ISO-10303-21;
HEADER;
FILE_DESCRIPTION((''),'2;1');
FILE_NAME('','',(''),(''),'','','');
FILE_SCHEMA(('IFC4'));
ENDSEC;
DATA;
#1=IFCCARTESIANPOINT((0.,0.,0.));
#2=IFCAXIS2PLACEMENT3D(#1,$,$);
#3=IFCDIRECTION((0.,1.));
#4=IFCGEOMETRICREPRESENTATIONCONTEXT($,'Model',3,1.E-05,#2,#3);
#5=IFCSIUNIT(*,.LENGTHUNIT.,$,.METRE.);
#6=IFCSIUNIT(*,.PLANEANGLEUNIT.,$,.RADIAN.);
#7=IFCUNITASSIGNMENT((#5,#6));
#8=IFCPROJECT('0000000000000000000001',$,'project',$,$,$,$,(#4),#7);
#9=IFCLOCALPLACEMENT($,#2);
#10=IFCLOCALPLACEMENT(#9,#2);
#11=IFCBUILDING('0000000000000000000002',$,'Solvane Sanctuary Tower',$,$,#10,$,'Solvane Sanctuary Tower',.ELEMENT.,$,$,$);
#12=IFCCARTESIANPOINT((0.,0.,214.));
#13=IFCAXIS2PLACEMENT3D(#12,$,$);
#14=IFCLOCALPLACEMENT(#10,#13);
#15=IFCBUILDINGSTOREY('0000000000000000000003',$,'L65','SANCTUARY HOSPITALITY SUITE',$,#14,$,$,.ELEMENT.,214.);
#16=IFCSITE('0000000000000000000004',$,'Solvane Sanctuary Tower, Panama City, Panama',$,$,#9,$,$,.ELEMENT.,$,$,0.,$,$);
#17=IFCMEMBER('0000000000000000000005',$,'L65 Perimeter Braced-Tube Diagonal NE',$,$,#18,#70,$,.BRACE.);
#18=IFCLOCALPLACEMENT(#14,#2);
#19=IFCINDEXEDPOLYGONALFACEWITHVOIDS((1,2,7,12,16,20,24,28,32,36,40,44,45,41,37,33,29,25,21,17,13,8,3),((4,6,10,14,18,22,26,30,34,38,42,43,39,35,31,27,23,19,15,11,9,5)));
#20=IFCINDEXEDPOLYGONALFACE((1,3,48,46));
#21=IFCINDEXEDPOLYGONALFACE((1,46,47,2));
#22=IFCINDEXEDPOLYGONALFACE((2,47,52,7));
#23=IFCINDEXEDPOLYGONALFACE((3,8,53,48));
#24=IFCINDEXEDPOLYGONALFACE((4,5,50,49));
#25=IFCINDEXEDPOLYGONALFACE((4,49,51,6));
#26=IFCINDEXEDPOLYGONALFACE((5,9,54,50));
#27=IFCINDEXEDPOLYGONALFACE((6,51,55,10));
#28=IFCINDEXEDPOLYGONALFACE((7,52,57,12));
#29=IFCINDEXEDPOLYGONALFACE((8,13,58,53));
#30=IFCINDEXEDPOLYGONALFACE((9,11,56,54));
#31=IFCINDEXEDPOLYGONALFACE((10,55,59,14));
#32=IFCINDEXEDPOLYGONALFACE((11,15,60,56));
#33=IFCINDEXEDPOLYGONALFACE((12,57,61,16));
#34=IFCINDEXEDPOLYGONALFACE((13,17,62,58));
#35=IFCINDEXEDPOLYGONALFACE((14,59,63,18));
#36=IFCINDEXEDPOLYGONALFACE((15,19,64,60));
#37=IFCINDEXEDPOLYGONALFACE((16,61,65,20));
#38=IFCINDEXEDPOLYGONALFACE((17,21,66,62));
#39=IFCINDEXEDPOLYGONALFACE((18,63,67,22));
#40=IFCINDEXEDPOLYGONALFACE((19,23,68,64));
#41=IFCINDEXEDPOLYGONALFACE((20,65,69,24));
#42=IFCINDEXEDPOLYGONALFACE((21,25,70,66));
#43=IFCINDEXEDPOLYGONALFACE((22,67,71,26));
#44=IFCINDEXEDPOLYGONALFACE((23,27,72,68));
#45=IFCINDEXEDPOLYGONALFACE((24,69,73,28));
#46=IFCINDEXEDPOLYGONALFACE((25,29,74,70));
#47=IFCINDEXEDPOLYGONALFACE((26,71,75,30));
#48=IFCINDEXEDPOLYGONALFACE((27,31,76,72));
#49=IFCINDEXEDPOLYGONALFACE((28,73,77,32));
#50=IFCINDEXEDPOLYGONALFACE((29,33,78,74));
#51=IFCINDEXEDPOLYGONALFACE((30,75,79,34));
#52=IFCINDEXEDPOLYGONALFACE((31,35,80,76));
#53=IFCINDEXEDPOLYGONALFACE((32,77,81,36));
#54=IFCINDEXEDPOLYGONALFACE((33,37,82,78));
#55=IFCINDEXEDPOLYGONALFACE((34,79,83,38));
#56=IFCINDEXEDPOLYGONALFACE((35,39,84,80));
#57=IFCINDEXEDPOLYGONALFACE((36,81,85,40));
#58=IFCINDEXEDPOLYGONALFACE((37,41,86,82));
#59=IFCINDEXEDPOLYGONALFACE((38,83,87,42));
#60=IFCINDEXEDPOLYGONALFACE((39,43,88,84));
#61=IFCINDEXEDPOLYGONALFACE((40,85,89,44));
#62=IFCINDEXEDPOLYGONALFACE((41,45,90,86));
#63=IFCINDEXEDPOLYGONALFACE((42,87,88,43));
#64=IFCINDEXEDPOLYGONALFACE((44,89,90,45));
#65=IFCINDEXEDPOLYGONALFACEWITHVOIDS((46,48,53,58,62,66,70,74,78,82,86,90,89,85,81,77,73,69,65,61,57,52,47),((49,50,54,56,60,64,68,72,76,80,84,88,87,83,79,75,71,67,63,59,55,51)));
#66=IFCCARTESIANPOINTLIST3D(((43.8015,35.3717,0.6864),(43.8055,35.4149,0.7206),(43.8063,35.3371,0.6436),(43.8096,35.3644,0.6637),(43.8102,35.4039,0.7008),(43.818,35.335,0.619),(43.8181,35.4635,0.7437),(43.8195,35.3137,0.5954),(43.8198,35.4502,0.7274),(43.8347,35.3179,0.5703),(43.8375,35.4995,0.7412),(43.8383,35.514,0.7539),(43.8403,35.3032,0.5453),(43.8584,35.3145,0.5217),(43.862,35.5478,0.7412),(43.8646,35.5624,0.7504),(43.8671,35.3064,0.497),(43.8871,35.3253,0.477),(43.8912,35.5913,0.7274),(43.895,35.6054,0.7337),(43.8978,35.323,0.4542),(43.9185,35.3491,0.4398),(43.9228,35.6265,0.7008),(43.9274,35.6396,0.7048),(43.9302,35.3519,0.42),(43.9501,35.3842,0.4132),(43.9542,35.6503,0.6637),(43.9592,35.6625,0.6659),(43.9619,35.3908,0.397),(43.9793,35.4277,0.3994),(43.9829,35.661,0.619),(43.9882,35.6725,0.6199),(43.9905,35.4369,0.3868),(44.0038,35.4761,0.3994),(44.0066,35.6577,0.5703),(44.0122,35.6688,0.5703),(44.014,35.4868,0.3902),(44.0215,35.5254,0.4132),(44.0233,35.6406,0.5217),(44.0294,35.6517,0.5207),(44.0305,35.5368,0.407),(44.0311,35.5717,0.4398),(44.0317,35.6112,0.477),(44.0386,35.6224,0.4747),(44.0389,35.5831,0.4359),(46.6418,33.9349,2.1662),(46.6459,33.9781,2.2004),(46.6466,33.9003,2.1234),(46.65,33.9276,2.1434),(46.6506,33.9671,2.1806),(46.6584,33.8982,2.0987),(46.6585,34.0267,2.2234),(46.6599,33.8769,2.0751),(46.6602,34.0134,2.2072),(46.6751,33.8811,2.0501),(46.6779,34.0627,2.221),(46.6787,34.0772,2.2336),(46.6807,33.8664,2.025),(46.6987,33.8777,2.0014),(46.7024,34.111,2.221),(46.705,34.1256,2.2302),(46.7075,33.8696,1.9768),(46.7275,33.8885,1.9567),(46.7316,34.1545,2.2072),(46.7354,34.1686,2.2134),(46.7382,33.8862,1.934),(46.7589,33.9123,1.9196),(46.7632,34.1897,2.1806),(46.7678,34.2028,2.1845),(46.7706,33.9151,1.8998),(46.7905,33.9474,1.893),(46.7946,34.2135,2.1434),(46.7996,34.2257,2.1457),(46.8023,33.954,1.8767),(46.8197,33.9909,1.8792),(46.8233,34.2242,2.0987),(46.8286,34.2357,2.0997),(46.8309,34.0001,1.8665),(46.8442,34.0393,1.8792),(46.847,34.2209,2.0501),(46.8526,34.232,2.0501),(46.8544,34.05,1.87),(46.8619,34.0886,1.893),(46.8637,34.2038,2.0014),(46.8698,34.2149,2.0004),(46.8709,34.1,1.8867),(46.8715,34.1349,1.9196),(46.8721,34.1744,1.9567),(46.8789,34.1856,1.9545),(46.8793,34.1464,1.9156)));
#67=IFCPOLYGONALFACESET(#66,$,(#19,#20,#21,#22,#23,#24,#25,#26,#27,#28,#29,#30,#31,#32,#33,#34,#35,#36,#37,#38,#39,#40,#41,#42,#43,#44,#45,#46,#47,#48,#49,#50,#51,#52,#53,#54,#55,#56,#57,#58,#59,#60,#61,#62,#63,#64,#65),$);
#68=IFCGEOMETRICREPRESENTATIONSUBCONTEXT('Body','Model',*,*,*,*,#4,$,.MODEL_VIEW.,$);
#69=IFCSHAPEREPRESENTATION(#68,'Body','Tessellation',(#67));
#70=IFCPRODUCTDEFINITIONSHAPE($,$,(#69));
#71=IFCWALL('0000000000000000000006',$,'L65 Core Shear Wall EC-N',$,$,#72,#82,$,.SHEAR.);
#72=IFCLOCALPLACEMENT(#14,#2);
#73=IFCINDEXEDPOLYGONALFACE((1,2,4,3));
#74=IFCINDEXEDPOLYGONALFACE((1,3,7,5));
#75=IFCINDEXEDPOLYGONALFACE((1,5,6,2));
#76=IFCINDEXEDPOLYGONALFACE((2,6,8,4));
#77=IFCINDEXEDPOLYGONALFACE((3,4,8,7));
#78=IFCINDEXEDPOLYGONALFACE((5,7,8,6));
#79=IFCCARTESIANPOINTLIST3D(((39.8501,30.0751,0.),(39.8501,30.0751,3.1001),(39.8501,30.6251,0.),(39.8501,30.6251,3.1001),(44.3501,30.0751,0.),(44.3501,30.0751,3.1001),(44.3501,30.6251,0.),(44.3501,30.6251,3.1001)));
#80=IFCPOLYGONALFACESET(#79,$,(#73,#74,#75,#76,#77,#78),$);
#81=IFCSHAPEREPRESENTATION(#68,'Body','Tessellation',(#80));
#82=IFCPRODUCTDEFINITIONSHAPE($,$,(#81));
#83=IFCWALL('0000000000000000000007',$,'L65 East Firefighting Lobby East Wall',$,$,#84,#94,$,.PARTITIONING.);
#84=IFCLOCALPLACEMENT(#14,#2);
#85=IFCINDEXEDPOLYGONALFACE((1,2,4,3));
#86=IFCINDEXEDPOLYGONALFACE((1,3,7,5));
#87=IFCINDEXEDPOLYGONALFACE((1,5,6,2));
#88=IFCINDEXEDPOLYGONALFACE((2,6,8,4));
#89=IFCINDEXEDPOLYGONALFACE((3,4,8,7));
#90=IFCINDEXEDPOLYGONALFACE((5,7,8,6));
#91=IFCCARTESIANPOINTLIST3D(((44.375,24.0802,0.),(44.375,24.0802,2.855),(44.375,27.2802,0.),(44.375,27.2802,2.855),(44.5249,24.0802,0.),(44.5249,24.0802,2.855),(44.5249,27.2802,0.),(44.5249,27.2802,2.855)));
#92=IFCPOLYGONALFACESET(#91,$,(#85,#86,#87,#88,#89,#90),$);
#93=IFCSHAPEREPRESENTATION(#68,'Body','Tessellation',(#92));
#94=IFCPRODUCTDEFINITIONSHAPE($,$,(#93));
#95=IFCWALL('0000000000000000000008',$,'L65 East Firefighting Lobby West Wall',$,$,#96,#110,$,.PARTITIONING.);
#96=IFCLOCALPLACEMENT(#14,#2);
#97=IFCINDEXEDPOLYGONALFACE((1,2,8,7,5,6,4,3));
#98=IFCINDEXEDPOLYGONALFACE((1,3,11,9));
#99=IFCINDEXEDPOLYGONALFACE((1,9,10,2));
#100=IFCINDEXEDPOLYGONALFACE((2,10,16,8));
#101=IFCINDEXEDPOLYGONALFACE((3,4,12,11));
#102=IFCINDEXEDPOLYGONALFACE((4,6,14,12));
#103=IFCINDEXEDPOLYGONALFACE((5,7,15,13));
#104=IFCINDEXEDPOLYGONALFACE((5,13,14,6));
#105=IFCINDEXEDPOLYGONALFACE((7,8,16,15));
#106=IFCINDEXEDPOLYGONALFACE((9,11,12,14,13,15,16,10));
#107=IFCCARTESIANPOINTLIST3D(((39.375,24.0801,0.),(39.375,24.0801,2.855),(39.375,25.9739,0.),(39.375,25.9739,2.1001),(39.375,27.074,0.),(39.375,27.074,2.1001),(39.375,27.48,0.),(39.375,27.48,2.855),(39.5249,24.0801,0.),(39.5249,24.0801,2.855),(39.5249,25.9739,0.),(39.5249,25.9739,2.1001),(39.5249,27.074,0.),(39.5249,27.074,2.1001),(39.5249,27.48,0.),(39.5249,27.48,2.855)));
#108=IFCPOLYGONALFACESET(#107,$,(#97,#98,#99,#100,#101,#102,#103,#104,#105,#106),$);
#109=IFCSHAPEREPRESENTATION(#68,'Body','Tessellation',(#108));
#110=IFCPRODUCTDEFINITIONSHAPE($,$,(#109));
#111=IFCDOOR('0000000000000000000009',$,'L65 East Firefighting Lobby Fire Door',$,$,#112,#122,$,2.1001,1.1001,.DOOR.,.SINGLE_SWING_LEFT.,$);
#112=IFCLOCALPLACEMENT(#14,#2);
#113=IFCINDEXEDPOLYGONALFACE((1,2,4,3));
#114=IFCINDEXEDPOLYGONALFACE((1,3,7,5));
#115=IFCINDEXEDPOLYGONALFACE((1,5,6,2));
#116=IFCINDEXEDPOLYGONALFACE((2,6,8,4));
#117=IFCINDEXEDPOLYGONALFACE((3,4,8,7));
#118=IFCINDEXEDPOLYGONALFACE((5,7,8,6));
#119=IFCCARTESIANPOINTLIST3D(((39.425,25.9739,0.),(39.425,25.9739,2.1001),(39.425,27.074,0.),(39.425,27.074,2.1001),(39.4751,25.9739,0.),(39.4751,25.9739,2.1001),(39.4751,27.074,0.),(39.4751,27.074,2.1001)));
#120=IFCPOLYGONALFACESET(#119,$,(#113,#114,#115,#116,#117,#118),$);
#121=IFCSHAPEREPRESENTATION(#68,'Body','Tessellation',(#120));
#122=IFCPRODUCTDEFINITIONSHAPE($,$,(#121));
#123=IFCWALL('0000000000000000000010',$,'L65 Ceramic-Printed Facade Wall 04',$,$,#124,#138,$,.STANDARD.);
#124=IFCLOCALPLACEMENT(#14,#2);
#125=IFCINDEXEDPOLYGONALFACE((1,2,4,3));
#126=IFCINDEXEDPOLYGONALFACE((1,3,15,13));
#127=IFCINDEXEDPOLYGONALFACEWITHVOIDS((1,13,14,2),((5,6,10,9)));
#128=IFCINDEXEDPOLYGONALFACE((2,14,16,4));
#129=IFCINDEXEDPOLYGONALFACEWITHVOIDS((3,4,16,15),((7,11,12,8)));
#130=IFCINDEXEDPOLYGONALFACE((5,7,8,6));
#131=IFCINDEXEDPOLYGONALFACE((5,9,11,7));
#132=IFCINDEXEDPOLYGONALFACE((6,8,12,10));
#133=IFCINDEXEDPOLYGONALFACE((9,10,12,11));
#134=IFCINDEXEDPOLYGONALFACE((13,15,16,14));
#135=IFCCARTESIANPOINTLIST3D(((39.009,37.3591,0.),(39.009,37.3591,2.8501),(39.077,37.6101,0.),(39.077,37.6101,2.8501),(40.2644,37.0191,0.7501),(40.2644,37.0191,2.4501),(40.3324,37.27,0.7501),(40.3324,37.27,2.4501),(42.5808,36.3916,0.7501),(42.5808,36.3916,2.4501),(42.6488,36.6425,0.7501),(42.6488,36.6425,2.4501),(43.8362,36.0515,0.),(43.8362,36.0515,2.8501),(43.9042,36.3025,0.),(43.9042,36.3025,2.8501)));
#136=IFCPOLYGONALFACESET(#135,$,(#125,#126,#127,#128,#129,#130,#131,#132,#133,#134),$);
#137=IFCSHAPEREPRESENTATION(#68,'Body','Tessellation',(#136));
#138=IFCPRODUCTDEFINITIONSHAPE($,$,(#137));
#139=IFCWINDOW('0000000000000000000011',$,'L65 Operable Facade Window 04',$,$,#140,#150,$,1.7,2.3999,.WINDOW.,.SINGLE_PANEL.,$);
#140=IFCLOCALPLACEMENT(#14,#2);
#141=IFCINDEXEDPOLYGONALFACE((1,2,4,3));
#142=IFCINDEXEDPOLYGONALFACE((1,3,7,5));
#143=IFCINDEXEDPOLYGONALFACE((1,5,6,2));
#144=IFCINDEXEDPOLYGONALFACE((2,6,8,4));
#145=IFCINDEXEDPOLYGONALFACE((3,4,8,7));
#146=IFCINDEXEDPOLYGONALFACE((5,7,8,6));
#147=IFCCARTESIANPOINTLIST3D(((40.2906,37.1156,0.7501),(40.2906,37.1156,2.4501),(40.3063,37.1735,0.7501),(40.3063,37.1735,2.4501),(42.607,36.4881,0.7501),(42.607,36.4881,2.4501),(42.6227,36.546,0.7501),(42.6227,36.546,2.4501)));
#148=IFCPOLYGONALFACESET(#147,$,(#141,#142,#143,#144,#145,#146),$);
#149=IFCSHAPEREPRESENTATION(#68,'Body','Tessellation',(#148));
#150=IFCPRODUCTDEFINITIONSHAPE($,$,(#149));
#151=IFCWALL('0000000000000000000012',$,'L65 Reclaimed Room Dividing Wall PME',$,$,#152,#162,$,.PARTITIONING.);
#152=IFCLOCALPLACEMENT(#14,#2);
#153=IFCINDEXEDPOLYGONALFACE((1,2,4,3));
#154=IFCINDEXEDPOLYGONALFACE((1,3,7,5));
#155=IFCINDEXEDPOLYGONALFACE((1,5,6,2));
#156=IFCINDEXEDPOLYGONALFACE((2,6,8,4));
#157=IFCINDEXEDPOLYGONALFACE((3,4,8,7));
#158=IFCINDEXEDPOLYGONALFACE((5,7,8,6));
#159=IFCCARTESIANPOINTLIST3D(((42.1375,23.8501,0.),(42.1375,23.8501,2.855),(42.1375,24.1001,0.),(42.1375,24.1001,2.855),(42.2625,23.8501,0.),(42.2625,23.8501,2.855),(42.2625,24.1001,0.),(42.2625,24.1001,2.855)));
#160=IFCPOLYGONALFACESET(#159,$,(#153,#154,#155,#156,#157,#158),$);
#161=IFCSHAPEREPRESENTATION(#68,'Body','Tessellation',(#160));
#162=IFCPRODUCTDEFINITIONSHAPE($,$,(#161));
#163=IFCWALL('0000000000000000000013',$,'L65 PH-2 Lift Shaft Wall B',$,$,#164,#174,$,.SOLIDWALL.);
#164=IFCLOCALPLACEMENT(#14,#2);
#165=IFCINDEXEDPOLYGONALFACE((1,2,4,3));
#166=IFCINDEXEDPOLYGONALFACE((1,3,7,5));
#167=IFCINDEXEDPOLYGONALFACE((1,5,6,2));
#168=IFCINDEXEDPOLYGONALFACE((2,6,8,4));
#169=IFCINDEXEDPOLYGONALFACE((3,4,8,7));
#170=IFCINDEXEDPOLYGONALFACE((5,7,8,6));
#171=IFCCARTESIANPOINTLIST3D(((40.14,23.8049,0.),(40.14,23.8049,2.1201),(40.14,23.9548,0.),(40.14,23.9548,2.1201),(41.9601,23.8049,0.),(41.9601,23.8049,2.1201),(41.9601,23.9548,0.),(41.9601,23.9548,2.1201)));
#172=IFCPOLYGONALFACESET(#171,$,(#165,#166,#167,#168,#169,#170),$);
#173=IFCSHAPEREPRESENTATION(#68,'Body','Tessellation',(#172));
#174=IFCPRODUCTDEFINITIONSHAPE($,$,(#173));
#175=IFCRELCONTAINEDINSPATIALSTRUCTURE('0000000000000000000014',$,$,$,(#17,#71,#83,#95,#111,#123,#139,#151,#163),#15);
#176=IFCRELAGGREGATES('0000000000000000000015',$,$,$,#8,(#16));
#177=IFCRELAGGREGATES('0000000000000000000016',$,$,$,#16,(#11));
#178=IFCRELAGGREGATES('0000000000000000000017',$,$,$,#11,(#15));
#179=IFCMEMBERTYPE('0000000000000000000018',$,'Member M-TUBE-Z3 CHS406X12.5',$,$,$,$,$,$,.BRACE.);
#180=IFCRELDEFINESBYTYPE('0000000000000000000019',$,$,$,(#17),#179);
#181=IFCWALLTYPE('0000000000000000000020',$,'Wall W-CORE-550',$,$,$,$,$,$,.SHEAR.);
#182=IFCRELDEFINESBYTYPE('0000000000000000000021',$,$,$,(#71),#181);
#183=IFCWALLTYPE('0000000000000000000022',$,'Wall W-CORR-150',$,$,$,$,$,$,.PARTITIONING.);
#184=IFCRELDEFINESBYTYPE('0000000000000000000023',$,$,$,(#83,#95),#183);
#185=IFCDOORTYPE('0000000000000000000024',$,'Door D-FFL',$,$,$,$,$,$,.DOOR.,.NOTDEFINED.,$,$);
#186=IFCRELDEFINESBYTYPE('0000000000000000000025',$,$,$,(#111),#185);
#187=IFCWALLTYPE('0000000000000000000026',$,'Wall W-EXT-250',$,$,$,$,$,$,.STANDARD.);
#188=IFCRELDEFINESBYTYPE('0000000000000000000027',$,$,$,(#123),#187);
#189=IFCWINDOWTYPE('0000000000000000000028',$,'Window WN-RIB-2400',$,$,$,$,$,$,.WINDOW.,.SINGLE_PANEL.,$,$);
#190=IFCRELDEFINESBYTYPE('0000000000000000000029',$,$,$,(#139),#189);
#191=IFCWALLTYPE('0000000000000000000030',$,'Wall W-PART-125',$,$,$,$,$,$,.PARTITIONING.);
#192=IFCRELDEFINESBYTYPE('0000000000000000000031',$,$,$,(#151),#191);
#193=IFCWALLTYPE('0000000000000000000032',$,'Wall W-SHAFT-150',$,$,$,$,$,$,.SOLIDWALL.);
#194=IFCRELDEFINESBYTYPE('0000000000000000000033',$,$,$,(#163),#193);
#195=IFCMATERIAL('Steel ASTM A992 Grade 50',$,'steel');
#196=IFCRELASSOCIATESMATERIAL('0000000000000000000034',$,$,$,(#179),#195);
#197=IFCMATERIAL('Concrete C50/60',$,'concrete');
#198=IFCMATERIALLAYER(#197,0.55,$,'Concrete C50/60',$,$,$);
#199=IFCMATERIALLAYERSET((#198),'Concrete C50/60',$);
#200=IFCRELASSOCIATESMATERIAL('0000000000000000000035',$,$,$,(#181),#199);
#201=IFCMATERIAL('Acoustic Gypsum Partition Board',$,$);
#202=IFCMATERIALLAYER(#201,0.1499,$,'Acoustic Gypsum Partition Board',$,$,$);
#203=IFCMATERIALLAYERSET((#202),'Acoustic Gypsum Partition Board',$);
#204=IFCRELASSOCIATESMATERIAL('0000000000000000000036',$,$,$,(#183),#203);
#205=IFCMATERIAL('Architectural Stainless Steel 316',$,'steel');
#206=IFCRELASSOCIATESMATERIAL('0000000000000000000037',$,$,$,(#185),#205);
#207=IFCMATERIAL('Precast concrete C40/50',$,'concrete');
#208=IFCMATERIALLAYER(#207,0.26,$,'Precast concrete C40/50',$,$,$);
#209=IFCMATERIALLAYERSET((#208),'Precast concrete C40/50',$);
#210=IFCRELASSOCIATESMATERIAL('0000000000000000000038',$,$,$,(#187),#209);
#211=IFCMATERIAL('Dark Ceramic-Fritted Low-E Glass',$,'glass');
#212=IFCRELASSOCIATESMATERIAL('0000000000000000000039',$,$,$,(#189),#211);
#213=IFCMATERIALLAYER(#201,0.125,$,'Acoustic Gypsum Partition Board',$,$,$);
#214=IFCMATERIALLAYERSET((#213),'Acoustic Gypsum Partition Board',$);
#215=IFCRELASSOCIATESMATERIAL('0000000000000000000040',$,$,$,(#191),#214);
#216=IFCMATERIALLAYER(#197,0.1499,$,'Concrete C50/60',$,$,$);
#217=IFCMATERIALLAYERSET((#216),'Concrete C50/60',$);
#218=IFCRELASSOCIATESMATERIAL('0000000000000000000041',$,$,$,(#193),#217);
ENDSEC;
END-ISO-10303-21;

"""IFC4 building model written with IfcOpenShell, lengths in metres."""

from ifc_helpers import new_model, si_unit, direction, frame, frame_2d, origin, origin_2d, place, context, subcontext, project, spatial, rectangle, hollow_circle, extrude, material, layer, layer_set, material_profile, profile_set, type_object, element, fill, save


model = new_model("IFC4")

# Units and contexts
model_context = context("Model", 3, precision=1e-05, world=origin(), true_north=direction((0.0, 1.0)))
body_context = subcontext(model_context, "Body", "Model", "MODEL_VIEW")
ifc_project = project(units=[si_unit("LENGTHUNIT", "METRE"), si_unit("PLANEANGLEUNIT", "RADIAN")], contexts=[model_context])

# Site, building, storey
site_placement = place(None, origin())
site = spatial("IfcSite", under=ifc_project, at=site_placement, Name="Solvane Sanctuary Tower, Panama City, Panama", CompositionType="ELEMENT", RefElevation=0.0)
building_placement = place(site_placement, origin())
building = spatial("IfcBuilding", under=site, at=building_placement, Name="Solvane Sanctuary Tower", LongName="Solvane Sanctuary Tower", CompositionType="ELEMENT")
storey_placement = place(building_placement, frame((0.0, 0.0, 214.0)))
storey = spatial("IfcBuildingStorey", under=building, at=storey_placement, Name="L65", Description="SANCTUARY HOSPITALITY SUITE", CompositionType="ELEMENT", Elevation=214.0)

# Shared definitions
ifc_material_1 = material(Name="Concrete C50/60", Category="concrete")

# Shared definitions
ifc_material_2 = material(Name="Steel ASTM A992 Grade 50", Category="steel")

# Member
ifc_material_profile_1 = material_profile(ifc_material_2, hollow_circle(Radius=0.2029, WallThickness=0.0125, at=origin_2d()), Name="CHS406X12.5")
ifc_profile_set_1 = profile_set([ifc_material_profile_1], Name="Steel ASTM A992 Grade 50")
member_type = type_object("IfcMemberType", Name="Member M-TUBE-Z3 CHS406X12.5", PredefinedType="BRACE", material=ifc_profile_set_1)
member_placement = place(storey_placement, frame((43.9207, 35.4878, 0.5703), z_axis=(0.809168, -0.409314, 0.421555), x_axis=(0.451381, 0.892331, 0.0)))
element("IfcMember", 1, at=member_placement, inside=storey, type_object=member_type, Name="L65 Perimeter Braced-Tube Diagonal NE", PredefinedType="BRACE", context=body_context, shape_type="SweptSolid", body=[
    extrude(hollow_circle(Radius=0.2029, WallThickness=0.0125, at=origin_2d()), origin(), (0.0, 0.0, 1.0), 3.5103),
])

# Walls
ifc_layer_1 = layer(ifc_material_1, 0.55, Name="Concrete C50/60")
ifc_layer_set_1 = layer_set([ifc_layer_1], Name="Concrete C50/60")
wall_type_1 = type_object("IfcWallType", Name="Wall W-CORE-550", PredefinedType="SHEAR", material=ifc_layer_set_1)
wall_1_placement = place(storey_placement, frame((39.8501, 30.3501, 0.0), z_axis=(0.0, 0.0, 1.0), x_axis=(1.0, 0.0, 0.0)))
element("IfcWall", 2, at=wall_1_placement, inside=storey, type_object=wall_type_1, Name="L65 Core Shear Wall EC-N", PredefinedType="SHEAR", context=body_context, shape_type="SweptSolid", body=[
    extrude(rectangle(XDim=4.5, YDim=0.55, at=frame_2d((2.25, 0.0))), origin(), (0.0, 0.0, 1.0), 3.1001),
])
ifc_material_3 = material(Name="Acoustic Gypsum Partition Board")
ifc_layer_2 = layer(ifc_material_3, 0.1499, Name="Acoustic Gypsum Partition Board")
ifc_layer_set_2 = layer_set([ifc_layer_2], Name="Acoustic Gypsum Partition Board")
wall_type_2 = type_object("IfcWallType", Name="Wall W-CORR-150", PredefinedType="PARTITIONING", material=ifc_layer_set_2)
wall_2_placement = place(storey_placement, frame((44.45, 24.0801, 0.0), z_axis=(0.0, 0.0, 1.0), x_axis=(0.0, 1.0, 0.0)))
element("IfcWall", 3, at=wall_2_placement, inside=storey, type_object=wall_type_2, Name="L65 East Firefighting Lobby East Wall", PredefinedType="PARTITIONING", context=body_context, shape_type="SweptSolid", body=[
    extrude(rectangle(XDim=3.2, YDim=0.1499, at=frame_2d((1.6001, 0.0))), origin(), (0.0, 0.0, 1.0), 2.855),
])

# Wall, opening, door
wall_3_placement = place(storey_placement, frame((39.45, 24.0801, 0.0), z_axis=(0.0, 0.0, 1.0), x_axis=(0.0, 1.0, 0.0)))
wall_3 = element("IfcWall", 4, at=wall_3_placement, inside=storey, type_object=wall_type_2, Name="L65 East Firefighting Lobby West Wall", PredefinedType="PARTITIONING", context=body_context, shape_type="SweptSolid", body=[
    extrude(rectangle(XDim=3.3999, YDim=0.1499, at=frame_2d((1.7, 0.0))), origin(), (0.0, 0.0, 1.0), 2.855),
])
opening_1_placement = place(wall_3_placement, frame((1.8938, 0.0, 0.0)))
opening_1 = element("IfcOpeningElement", 5, at=opening_1_placement, cuts=wall_3, PredefinedType="OPENING", context=body_context, shape_type="SweptSolid", body=[
    extrude(rectangle(XDim=1.1001, YDim=2.1001, at=frame_2d((0.55, 1.05))), frame((0.0, 0.085, 0.0), z_axis=(0.0, -1.0, 0.0), x_axis=(1.0, 0.0, 0.0)), (0.0, 0.0, 1.0), 0.1699),
])
ifc_material_4 = material(Name="Architectural Stainless Steel 316", Category="steel")
door_type_1 = type_object("IfcDoorType", Name="Door D-FFL", OperationType="NOTDEFINED", PredefinedType="DOOR", material=ifc_material_4)
door_1_placement = place(opening_1_placement, origin())
door_1 = element("IfcDoor", 6, at=door_1_placement, inside=storey, type_object=door_type_1, Name="L65 East Firefighting Lobby Fire Door", OperationType="SINGLE_SWING_LEFT", OverallHeight=2.1001, OverallWidth=1.1001, PredefinedType="DOOR", context=body_context, shape_type="SweptSolid", body=[
    extrude(rectangle(XDim=1.1001, YDim=2.1001, at=frame_2d((0.55, 1.05))), frame((0.0, 0.0249, 0.0), z_axis=(0.0, -1.0, 0.0), x_axis=(1.0, 0.0, 0.0)), (0.0, 0.0, 1.0), 0.05),
])
fill(opening_1, door_1)

# Wall, opening, window
ifc_material_5 = material(Name="Precast concrete C40/50", Category="concrete")
ifc_layer_3 = layer(ifc_material_5, 0.26, Name="Precast concrete C40/50")
ifc_layer_set_3 = layer_set([ifc_layer_3], Name="Precast concrete C40/50")
wall_type_3 = type_object("IfcWallType", Name="Wall W-EXT-250", PredefinedType="STANDARD", material=ifc_layer_set_3)
wall_4_placement = place(storey_placement, frame((43.8701, 36.177, 0.0), z_axis=(0.0, 0.0, 1.0), x_axis=(-0.965213, 0.261465, 0.0)))
wall_4 = element("IfcWall", 7, at=wall_4_placement, inside=storey, type_object=wall_type_3, Name="L65 Ceramic-Printed Facade Wall 04", PredefinedType="STANDARD", context=body_context, shape_type="SweptSolid", body=[
    extrude(rectangle(XDim=5.0012, YDim=0.26, at=frame_2d((2.5005, 0.0))), origin(), (0.0, 0.0, 1.0), 2.8501),
])
opening_2_placement = place(wall_4_placement, frame((1.3005, 0.0, 0.75)))
opening_2 = element("IfcOpeningElement", 8, at=opening_2_placement, cuts=wall_4, PredefinedType="OPENING", context=body_context, shape_type="SweptSolid", body=[
    extrude(rectangle(XDim=2.3999, YDim=1.7, at=frame_2d((1.2, 0.8501))), frame((0.0, 0.1399, 0.0), z_axis=(0.0, -1.0, 0.0), x_axis=(1.0, 0.0, 0.0)), (0.0, 0.0, 1.0), 0.28),
])
ifc_material_6 = material(Name="Dark Ceramic-Fritted Low-E Glass", Category="glass")
window_type = type_object("IfcWindowType", Name="Window WN-RIB-2400", PartitioningType="SINGLE_PANEL", PredefinedType="WINDOW", material=ifc_material_6)
window_placement = place(opening_2_placement, origin())
window = element("IfcWindow", 9, at=window_placement, inside=storey, type_object=window_type, Name="L65 Operable Facade Window 04", OverallHeight=1.7, OverallWidth=2.3999, PartitioningType="SINGLE_PANEL", PredefinedType="WINDOW", context=body_context, shape_type="SweptSolid", body=[
    extrude(rectangle(XDim=2.3999, YDim=1.7, at=frame_2d((1.2, 0.8501))), frame((0.0, 0.03, 0.0), z_axis=(0.0, -1.0, 0.0), x_axis=(1.0, 0.0, 0.0)), (0.0, 0.0, 1.0), 0.0601),
])
fill(opening_2, window)

# Walls
ifc_layer_4 = layer(ifc_material_3, 0.125, Name="Acoustic Gypsum Partition Board")
ifc_layer_set_4 = layer_set([ifc_layer_4], Name="Acoustic Gypsum Partition Board")
wall_type_4 = type_object("IfcWallType", Name="Wall W-PART-125", PredefinedType="PARTITIONING", material=ifc_layer_set_4)
wall_5_placement = place(storey_placement, frame((42.2, 23.8501, 0.0), z_axis=(0.0, 0.0, 1.0), x_axis=(0.0, 1.0, 0.0)))
element("IfcWall", 10, at=wall_5_placement, inside=storey, type_object=wall_type_4, Name="L65 Reclaimed Room Dividing Wall PME", PredefinedType="PARTITIONING", context=body_context, shape_type="SweptSolid", body=[
    extrude(rectangle(XDim=0.25, YDim=0.125, at=frame_2d((0.125, 0.0))), origin(), (0.0, 0.0, 1.0), 2.855),
])
ifc_layer_5 = layer(ifc_material_1, 0.1499, Name="Concrete C50/60")
ifc_layer_set_5 = layer_set([ifc_layer_5], Name="Concrete C50/60")
wall_type_5 = type_object("IfcWallType", Name="Wall W-SHAFT-150", PredefinedType="SOLIDWALL", material=ifc_layer_set_5)
wall_6_placement = place(storey_placement, frame((40.1399, 23.8799, 0.0), z_axis=(0.0, 0.0, 1.0), x_axis=(1.0, 0.0, 0.0)))
element("IfcWall", 11, at=wall_6_placement, inside=storey, type_object=wall_type_5, Name="L65 PH-2 Lift Shaft Wall B", PredefinedType="SOLIDWALL", context=body_context, shape_type="SweptSolid", body=[
    extrude(rectangle(XDim=1.8201, YDim=0.1499, at=frame_2d((0.9102, 0.0))), origin(), (0.0, 0.0, 1.0), 2.1201),
])

save(model, "model.ifc")
